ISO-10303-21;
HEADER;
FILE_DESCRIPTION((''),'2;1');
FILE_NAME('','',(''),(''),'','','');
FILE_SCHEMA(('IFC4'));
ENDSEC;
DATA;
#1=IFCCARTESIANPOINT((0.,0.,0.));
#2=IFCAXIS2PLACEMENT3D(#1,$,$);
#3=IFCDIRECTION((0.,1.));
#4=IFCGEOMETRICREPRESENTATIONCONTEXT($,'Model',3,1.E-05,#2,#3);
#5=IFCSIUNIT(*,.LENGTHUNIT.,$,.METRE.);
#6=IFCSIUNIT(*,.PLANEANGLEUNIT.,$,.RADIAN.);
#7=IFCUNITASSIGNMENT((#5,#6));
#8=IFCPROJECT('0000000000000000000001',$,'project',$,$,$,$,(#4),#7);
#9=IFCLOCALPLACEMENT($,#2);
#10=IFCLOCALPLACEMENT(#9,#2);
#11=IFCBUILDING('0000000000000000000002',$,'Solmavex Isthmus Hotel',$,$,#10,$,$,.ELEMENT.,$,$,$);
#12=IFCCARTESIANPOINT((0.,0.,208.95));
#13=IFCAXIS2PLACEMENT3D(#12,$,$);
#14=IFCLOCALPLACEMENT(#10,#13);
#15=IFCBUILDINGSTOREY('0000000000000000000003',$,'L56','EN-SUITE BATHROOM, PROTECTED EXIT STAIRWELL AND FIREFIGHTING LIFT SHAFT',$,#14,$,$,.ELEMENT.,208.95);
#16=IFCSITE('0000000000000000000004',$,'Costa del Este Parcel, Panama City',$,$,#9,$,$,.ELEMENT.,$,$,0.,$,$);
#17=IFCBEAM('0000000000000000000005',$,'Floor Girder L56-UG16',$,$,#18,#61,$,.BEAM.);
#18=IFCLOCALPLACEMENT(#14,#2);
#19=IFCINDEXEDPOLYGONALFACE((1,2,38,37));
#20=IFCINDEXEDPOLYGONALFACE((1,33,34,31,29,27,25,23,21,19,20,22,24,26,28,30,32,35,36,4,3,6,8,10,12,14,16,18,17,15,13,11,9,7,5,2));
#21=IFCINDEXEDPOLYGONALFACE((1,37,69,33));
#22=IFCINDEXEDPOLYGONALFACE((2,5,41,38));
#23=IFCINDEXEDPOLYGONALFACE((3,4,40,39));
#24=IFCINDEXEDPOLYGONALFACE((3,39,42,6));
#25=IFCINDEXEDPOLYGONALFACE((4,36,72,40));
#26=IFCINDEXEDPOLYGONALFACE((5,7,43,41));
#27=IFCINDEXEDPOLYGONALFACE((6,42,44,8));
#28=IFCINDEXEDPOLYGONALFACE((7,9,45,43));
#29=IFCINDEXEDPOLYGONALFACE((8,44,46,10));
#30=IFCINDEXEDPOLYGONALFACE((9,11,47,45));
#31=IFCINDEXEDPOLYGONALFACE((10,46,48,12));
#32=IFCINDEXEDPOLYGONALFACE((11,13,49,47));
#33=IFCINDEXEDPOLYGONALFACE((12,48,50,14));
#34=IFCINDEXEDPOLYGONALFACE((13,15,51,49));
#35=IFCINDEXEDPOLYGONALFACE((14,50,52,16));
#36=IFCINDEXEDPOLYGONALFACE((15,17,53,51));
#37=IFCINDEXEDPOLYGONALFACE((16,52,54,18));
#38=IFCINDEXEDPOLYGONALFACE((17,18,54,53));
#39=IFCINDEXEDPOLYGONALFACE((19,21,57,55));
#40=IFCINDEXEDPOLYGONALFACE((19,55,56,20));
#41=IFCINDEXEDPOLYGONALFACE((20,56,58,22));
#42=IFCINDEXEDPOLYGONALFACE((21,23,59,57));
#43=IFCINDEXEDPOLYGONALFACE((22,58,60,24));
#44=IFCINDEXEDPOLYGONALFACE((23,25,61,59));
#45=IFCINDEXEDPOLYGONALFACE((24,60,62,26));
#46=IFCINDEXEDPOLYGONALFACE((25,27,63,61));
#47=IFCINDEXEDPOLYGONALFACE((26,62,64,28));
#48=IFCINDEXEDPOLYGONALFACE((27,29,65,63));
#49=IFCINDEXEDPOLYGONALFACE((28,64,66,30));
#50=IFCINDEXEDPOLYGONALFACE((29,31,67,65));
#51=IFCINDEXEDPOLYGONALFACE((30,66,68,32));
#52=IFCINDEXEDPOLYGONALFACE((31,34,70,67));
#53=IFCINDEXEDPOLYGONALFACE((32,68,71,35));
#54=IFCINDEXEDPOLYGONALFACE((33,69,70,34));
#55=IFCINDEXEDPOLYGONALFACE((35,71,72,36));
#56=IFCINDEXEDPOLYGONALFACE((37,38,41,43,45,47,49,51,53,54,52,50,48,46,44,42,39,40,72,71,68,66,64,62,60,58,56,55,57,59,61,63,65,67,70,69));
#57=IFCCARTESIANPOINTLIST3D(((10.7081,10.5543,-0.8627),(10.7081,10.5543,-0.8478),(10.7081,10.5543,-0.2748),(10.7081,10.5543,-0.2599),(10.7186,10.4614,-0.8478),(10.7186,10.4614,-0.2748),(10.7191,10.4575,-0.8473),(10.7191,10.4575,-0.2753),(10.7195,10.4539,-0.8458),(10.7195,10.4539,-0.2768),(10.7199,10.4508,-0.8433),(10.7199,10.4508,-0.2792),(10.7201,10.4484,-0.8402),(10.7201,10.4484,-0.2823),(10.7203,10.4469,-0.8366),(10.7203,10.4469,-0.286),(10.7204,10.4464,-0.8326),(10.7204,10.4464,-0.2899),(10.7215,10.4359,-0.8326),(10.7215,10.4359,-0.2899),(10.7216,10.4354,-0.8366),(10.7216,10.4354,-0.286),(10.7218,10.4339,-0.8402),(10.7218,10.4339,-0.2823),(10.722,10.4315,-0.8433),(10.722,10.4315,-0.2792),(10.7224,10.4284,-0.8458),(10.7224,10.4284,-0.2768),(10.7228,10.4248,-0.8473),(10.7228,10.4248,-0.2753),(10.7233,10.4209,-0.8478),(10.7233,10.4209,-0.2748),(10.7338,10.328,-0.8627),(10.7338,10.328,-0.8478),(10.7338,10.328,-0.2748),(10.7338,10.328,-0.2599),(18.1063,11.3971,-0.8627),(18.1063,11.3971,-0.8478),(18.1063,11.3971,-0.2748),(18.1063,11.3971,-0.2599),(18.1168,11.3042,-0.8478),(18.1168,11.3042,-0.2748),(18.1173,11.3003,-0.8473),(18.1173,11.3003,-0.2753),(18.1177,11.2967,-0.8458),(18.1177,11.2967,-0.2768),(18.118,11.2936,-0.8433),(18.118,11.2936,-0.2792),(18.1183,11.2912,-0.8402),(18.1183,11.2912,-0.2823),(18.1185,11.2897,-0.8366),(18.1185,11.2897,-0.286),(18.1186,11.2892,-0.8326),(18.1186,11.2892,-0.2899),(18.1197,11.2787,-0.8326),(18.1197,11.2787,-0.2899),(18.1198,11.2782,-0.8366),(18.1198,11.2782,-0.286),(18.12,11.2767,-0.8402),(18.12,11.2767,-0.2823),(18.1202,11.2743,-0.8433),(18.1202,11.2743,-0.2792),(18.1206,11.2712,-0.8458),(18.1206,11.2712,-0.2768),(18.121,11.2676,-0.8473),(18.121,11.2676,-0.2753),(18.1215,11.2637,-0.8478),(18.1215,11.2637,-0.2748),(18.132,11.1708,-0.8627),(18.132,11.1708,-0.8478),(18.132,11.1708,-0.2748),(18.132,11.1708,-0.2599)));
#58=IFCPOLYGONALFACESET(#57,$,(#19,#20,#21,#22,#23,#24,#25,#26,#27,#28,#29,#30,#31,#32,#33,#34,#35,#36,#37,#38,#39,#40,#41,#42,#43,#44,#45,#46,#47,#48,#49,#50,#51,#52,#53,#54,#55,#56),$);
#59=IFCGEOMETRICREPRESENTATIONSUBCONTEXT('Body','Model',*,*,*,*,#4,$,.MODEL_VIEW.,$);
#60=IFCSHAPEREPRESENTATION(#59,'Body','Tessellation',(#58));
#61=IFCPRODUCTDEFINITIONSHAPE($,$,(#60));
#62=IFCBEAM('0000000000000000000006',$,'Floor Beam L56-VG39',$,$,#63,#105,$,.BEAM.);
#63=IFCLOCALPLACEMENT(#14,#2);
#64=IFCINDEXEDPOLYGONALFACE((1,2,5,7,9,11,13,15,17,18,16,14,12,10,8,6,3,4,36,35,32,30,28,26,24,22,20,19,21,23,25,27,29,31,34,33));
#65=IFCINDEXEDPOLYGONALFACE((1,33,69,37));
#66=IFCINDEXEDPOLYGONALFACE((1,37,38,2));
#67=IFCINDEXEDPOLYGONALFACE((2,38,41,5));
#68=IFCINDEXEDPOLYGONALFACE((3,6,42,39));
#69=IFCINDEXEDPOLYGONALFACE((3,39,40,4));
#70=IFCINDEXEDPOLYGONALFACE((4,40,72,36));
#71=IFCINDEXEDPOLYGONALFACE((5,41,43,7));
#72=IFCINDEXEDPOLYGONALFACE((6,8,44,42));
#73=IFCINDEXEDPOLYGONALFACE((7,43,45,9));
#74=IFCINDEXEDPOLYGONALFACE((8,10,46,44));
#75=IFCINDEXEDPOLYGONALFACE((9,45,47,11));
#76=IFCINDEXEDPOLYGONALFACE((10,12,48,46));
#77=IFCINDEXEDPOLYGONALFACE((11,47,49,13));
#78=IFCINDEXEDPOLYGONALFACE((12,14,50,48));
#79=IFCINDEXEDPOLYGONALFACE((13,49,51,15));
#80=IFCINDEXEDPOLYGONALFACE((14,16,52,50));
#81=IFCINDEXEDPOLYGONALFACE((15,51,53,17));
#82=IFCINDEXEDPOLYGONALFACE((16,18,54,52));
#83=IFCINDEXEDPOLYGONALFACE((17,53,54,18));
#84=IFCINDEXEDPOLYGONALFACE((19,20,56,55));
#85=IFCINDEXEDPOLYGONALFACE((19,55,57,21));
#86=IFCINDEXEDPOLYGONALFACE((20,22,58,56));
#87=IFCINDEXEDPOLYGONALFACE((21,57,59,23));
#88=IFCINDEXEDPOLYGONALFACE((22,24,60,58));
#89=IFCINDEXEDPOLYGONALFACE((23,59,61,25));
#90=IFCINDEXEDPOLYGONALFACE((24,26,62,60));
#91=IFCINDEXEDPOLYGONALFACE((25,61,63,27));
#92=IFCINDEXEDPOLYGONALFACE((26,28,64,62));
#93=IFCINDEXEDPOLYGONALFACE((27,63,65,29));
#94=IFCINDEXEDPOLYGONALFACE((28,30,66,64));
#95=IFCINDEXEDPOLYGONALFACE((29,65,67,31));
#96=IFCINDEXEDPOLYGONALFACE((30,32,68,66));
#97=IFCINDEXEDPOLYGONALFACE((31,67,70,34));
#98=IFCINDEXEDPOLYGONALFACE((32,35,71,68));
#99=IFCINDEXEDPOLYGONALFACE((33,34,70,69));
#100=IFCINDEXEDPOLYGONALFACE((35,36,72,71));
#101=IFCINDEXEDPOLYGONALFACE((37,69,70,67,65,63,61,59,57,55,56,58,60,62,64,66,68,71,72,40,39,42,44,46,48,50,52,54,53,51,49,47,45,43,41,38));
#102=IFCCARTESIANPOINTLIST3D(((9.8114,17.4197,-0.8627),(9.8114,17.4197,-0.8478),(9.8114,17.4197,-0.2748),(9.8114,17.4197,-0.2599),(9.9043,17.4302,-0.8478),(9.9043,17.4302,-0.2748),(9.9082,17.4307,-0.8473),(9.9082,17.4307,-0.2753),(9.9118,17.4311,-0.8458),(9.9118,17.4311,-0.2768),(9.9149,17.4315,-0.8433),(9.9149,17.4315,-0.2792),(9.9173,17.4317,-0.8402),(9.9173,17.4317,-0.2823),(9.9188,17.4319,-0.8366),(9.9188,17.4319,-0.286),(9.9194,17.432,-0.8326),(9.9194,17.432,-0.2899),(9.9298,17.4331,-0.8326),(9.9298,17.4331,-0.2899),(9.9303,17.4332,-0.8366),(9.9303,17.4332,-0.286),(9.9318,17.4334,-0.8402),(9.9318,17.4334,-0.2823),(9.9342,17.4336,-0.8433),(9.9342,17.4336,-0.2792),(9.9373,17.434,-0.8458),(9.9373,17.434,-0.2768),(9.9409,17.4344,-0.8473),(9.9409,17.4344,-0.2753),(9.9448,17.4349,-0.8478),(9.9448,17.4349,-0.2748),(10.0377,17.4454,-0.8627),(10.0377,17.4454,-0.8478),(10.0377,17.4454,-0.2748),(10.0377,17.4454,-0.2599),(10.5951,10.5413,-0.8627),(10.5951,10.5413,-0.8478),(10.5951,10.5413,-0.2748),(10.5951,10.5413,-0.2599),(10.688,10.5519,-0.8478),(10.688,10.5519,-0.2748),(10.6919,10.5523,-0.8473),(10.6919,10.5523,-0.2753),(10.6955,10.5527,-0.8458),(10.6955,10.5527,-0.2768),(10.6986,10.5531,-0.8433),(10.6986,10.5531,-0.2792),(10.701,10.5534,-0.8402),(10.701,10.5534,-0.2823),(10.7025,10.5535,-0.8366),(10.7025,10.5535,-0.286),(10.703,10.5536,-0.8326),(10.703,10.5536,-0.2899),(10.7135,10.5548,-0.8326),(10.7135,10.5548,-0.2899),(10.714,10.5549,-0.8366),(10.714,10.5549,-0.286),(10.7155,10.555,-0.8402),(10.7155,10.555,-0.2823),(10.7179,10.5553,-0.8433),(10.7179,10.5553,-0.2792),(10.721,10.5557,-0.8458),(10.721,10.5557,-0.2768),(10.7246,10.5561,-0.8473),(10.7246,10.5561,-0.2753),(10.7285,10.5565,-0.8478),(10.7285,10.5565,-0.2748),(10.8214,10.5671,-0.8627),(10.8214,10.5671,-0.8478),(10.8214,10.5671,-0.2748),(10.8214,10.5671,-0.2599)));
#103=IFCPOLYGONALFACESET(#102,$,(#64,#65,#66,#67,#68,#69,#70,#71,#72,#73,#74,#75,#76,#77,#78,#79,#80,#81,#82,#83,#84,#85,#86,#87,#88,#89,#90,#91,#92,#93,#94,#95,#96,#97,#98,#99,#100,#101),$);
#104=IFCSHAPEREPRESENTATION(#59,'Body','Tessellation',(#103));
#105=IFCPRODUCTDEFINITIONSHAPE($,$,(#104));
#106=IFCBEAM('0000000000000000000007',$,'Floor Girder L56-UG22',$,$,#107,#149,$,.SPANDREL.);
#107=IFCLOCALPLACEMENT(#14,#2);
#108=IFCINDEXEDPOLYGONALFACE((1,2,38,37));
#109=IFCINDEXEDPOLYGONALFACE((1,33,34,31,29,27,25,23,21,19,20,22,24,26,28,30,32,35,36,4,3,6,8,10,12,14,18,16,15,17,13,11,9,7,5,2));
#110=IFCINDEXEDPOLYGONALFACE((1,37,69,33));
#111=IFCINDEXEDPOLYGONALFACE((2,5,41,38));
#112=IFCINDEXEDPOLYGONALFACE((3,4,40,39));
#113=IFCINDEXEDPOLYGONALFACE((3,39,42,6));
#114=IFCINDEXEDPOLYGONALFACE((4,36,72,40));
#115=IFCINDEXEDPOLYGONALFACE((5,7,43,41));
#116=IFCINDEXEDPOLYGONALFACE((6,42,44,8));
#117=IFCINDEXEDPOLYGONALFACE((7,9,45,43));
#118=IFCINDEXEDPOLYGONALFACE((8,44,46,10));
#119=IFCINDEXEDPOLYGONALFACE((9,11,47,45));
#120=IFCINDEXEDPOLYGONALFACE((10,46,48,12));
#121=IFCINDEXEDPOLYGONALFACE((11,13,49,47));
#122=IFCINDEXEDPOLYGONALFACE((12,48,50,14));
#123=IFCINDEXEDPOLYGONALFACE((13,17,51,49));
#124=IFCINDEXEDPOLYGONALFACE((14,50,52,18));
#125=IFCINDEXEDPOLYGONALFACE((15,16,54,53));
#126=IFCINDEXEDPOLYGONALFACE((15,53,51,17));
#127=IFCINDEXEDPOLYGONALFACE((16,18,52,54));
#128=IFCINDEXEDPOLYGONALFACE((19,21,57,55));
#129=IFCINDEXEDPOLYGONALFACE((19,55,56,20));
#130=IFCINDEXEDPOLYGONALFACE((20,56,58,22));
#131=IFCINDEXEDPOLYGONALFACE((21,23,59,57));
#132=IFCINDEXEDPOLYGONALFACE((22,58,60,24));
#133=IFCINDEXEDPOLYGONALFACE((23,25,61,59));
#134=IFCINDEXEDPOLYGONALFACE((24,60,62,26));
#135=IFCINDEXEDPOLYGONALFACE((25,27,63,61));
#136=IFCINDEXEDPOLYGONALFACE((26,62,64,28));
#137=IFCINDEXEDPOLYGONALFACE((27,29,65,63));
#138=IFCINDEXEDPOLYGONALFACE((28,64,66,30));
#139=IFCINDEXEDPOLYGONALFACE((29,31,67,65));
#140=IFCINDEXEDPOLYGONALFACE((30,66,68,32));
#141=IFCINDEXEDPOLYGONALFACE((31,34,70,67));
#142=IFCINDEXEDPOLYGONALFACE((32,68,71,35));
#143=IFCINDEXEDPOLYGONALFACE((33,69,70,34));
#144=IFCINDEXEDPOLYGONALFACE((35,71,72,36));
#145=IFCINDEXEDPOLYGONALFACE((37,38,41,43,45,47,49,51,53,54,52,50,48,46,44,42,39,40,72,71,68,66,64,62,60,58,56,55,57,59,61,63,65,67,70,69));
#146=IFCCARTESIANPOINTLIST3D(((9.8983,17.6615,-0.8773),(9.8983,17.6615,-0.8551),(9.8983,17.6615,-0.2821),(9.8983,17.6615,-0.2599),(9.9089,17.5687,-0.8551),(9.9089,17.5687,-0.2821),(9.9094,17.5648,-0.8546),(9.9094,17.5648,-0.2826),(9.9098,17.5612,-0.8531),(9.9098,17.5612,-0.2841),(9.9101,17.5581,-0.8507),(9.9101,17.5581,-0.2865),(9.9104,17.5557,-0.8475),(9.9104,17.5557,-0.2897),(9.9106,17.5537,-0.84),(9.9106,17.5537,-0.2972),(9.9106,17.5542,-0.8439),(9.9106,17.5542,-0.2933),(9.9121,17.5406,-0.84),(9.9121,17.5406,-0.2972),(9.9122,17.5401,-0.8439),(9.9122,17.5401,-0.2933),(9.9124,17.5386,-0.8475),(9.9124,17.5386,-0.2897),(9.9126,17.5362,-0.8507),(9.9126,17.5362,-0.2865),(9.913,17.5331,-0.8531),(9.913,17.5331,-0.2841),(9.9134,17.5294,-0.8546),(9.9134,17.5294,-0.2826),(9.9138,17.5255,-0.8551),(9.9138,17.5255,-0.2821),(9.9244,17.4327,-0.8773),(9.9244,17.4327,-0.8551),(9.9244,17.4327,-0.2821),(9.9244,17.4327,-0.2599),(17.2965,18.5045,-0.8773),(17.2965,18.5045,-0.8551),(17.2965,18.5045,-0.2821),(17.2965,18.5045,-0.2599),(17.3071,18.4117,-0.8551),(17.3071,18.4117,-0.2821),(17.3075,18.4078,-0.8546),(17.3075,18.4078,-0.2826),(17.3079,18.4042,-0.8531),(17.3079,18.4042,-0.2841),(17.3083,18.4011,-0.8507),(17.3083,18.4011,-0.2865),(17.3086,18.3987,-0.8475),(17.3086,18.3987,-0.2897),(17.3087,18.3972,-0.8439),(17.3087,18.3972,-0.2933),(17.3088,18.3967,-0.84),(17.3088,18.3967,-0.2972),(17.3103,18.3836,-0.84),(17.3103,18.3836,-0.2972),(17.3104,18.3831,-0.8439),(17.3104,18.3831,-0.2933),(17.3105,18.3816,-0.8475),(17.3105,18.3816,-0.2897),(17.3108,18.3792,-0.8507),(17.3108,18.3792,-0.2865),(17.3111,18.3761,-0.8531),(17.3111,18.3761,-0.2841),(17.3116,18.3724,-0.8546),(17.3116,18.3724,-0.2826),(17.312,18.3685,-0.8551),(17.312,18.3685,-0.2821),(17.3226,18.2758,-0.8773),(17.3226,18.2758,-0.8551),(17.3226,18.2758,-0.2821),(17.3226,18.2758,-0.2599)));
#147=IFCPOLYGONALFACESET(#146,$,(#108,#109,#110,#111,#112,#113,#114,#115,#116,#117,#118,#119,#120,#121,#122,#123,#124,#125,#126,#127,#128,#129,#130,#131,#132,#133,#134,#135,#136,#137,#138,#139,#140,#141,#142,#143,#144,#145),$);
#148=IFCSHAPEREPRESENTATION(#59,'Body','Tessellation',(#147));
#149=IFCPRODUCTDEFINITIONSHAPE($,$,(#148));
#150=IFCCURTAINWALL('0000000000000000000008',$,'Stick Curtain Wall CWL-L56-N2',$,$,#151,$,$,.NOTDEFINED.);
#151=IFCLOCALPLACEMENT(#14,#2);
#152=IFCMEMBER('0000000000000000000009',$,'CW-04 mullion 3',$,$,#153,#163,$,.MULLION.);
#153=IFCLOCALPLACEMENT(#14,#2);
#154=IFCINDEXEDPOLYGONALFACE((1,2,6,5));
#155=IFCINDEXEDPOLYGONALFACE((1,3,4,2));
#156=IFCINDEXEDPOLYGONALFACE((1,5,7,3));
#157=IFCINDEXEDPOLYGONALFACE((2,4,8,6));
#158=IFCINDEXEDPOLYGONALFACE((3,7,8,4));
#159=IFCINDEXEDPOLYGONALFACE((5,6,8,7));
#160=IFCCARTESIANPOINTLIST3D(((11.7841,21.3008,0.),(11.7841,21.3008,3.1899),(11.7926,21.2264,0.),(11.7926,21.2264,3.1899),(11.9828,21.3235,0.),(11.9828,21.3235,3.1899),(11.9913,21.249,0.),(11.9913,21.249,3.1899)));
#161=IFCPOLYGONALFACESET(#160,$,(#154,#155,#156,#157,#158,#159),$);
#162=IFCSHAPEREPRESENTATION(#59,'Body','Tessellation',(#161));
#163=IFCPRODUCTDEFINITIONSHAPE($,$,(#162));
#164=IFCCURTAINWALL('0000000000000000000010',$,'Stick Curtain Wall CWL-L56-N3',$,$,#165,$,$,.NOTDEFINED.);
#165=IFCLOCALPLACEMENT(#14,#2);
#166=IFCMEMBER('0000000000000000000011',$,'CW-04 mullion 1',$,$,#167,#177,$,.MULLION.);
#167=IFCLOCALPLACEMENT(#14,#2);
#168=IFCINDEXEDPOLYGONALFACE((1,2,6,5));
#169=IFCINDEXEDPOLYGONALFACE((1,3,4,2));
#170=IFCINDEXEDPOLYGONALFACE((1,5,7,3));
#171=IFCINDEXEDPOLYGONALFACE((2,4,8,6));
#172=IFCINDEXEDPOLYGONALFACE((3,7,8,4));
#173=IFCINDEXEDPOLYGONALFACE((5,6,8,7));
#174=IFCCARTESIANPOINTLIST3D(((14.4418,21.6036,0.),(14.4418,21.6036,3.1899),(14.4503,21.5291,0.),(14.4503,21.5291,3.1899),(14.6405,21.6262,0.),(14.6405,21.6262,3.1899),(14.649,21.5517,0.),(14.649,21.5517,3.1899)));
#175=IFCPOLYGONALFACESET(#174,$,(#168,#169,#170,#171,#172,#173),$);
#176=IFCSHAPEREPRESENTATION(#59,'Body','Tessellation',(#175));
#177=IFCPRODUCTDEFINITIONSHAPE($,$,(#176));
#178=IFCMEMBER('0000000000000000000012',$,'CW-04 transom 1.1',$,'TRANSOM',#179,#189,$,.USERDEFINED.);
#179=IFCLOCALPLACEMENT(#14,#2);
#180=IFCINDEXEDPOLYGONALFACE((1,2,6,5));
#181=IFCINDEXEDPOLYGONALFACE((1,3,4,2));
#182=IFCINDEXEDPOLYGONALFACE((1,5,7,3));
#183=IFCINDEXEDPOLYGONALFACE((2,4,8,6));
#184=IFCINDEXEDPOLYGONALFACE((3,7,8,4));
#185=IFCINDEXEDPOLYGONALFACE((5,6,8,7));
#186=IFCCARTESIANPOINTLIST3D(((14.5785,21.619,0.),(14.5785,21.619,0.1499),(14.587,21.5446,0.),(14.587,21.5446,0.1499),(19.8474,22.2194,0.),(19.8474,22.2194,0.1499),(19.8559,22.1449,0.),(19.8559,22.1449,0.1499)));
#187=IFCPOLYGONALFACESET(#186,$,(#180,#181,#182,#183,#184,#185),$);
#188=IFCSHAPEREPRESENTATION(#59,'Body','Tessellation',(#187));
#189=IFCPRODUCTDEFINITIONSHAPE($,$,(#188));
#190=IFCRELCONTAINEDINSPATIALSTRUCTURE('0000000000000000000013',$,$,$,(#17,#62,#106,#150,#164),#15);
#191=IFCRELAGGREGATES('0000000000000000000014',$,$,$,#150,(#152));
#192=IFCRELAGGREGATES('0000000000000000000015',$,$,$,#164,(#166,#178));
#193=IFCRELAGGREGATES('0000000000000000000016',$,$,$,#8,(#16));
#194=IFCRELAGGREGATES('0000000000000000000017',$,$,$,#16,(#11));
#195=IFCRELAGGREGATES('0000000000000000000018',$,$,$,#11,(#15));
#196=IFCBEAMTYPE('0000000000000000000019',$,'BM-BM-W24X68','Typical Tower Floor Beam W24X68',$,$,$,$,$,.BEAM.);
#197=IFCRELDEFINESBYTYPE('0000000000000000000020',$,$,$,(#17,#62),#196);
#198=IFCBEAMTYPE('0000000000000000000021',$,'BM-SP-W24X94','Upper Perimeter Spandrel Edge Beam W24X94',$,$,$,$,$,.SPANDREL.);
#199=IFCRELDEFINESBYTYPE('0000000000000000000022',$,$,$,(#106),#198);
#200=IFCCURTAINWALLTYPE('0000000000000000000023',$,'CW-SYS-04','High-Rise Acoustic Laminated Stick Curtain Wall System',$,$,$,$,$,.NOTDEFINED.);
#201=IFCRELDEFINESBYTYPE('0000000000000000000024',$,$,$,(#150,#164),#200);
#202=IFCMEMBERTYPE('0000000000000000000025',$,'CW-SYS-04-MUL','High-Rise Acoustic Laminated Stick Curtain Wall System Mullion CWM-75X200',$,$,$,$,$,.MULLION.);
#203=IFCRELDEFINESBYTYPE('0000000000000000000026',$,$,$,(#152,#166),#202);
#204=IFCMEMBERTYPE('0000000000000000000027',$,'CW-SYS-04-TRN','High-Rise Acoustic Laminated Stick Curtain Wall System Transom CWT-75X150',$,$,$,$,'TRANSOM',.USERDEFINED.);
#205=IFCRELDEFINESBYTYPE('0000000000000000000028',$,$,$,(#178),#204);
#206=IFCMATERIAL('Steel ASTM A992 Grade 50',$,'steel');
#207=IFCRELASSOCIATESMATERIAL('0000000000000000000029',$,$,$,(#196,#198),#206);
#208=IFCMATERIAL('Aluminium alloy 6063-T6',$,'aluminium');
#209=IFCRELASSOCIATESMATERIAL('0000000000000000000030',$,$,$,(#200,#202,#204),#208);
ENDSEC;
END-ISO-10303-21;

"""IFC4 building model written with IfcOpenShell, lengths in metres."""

from ifc_helpers import new_model, si_unit, direction, frame, origin, origin_2d, place, context, subcontext, project, spatial, rectangle, i_section, extrude, material, material_profile, profile_set, type_object, element, aggregate, save


model = new_model("IFC4")

# Units and contexts
model_context = context("Model", 3, precision=1e-05, world=origin(), true_north=direction((0.0, 1.0)))
body_context = subcontext(model_context, "Body", "Model", "MODEL_VIEW")
ifc_project = project(units=[si_unit("LENGTHUNIT", "METRE"), si_unit("PLANEANGLEUNIT", "RADIAN")], contexts=[model_context])

# Site, building, storey
site_placement = place(None, origin())
site = spatial("IfcSite", under=ifc_project, at=site_placement, Name="Costa del Este Parcel, Panama City", CompositionType="ELEMENT", RefElevation=0.0)
building_placement = place(site_placement, origin())
building = spatial("IfcBuilding", under=site, at=building_placement, Name="Solmavex Isthmus Hotel", CompositionType="ELEMENT")
storey_placement = place(building_placement, frame((0.0, 0.0, 208.95)))
storey = spatial("IfcBuildingStorey", under=building, at=storey_placement, Name="L56", Description="EN-SUITE BATHROOM, PROTECTED EXIT STAIRWELL AND FIREFIGHTING LIFT SHAFT", CompositionType="ELEMENT", Elevation=208.95)

# Beams
ifc_material_1 = material(Name="Steel ASTM A992 Grade 50", Category="steel")
ifc_material_profile_1 = material_profile(ifc_material_1, i_section(OverallWidth=0.2278, OverallDepth=0.6028, WebThickness=0.0105, FlangeThickness=0.0149, FilletRadius=0.0151, at=origin_2d()), Name="W24X68")
ifc_profile_set_1 = profile_set([ifc_material_profile_1], Name="Steel ASTM A992 Grade 50")
beam_type_1 = type_object("IfcBeamType", Name="BM-BM-W24X68", Description="Typical Tower Floor Beam W24X68", PredefinedType="BEAM", material=ifc_profile_set_1)
beam_1_placement = place(storey_placement, frame((10.7209, 10.4412, -0.5613), z_axis=(0.993574, 0.113184, 0.0), x_axis=(-0.113184, 0.993574, 0.0)))
element("IfcBeam", 1, at=beam_1_placement, inside=storey, type_object=beam_type_1, Name="Floor Girder L56-UG16", PredefinedType="BEAM", context=body_context, shape_type="SweptSolid", body=[
    extrude(i_section(OverallWidth=0.2278, OverallDepth=0.6028, WebThickness=0.0105, FlangeThickness=0.0149, FilletRadius=0.0151, at=origin_2d()), origin(), (0.0, 0.0, 1.0), 7.446),
])
beam_2_placement = place(storey_placement, frame((10.7083, 10.5542, -0.5613), z_axis=(-0.113202, 0.993572, 0.0), x_axis=(-0.993572, -0.113202, 0.0)))
element("IfcBeam", 2, at=beam_2_placement, inside=storey, type_object=beam_type_1, Name="Floor Beam L56-VG39", PredefinedType="BEAM", context=body_context, shape_type="SweptSolid", body=[
    extrude(i_section(OverallWidth=0.2278, OverallDepth=0.6028, WebThickness=0.0105, FlangeThickness=0.0149, FilletRadius=0.0151, at=origin_2d()), origin(), (0.0, 0.0, 1.0), 6.9229),
])
ifc_material_profile_2 = material_profile(ifc_material_1, i_section(OverallWidth=0.2302, OverallDepth=0.6174, WebThickness=0.0132, FlangeThickness=0.0222, FilletRadius=0.0151, at=origin_2d()), Name="W24X94")
ifc_profile_set_2 = profile_set([ifc_material_profile_2], Name="Steel ASTM A992 Grade 50")
beam_type_2 = type_object("IfcBeamType", Name="BM-SP-W24X94", Description="Upper Perimeter Spandrel Edge Beam W24X94", PredefinedType="SPANDREL", material=ifc_profile_set_2)
beam_3_placement = place(storey_placement, frame((9.9114, 17.5471, -0.5686), z_axis=(0.99357, 0.113216, 0.0), x_axis=(-0.113216, 0.99357, 0.0)))
element("IfcBeam", 3, at=beam_3_placement, inside=storey, type_object=beam_type_2, Name="Floor Girder L56-UG22", PredefinedType="SPANDREL", context=body_context, shape_type="SweptSolid", body=[
    extrude(i_section(OverallWidth=0.2302, OverallDepth=0.6174, WebThickness=0.0132, FlangeThickness=0.0222, FilletRadius=0.0151, at=origin_2d()), origin(), (0.0, 0.0, 1.0), 7.446),
])

# Curtain wall, member
ifc_material_2 = material(Name="Aluminium alloy 6063-T6", Category="aluminium")
curtain_wall_type = type_object("IfcCurtainWallType", Name="CW-SYS-04", Description="High-Rise Acoustic Laminated Stick Curtain Wall System", PredefinedType="NOTDEFINED", material=ifc_material_2)
curtain_wall_1_placement = place(storey_placement, origin())
curtain_wall_1 = element("IfcCurtainWall", 4, at=curtain_wall_1_placement, inside=storey, type_object=curtain_wall_type, Name="Stick Curtain Wall CWL-L56-N2", PredefinedType="NOTDEFINED")
ifc_material_profile_3 = material_profile(ifc_material_2, rectangle(XDim=0.075, YDim=0.2, at=origin_2d()), Name="CWM-75X200")
ifc_profile_set_3 = profile_set([ifc_material_profile_3], Name="Aluminium alloy 6063-T6")
member_type_1 = type_object("IfcMemberType", Name="CW-SYS-04-MUL", Description="High-Rise Acoustic Laminated Stick Curtain Wall System Mullion CWM-75X200", PredefinedType="MULLION", material=ifc_profile_set_3)
member_1_placement = place(storey_placement, frame((11.8877, 21.2749, 0.0), z_axis=(0.0, 0.0, 1.0), x_axis=(-0.113203, 0.993572, 0.0)))
member_1 = element("IfcMember", 5, at=member_1_placement, type_object=member_type_1, Name="CW-04 mullion 3", PredefinedType="MULLION", context=body_context, shape_type="SweptSolid", body=[
    extrude(rectangle(XDim=0.075, YDim=0.2, at=origin_2d()), origin(), (0.0, 0.0, 1.0), 3.1899),
])

# Curtain wall, members
curtain_wall_2_placement = place(storey_placement, origin())
curtain_wall_2 = element("IfcCurtainWall", 6, at=curtain_wall_2_placement, inside=storey, type_object=curtain_wall_type, Name="Stick Curtain Wall CWL-L56-N3", PredefinedType="NOTDEFINED")
member_2_placement = place(storey_placement, frame((14.5454, 21.5776, 0.0), z_axis=(0.0, 0.0, 1.0), x_axis=(-0.113204, 0.993572, 0.0)))
member_2 = element("IfcMember", 7, at=member_2_placement, type_object=member_type_1, Name="CW-04 mullion 1", PredefinedType="MULLION", context=body_context, shape_type="SweptSolid", body=[
    extrude(rectangle(XDim=0.075, YDim=0.2, at=origin_2d()), origin(), (0.0, 0.0, 1.0), 3.1899),
])
ifc_material_profile_4 = material_profile(ifc_material_2, rectangle(XDim=0.075, YDim=0.1499, at=origin_2d()), Name="CWT-75X150")
ifc_profile_set_4 = profile_set([ifc_material_profile_4], Name="Aluminium alloy 6063-T6")
member_type_2 = type_object("IfcMemberType", Name="CW-SYS-04-TRN", Description="High-Rise Acoustic Laminated Stick Curtain Wall System Transom CWT-75X150", ElementType="TRANSOM", PredefinedType="USERDEFINED", material=ifc_profile_set_4)
member_3_placement = place(storey_placement, frame((14.5828, 21.5818, 0.075), z_axis=(0.993571, 0.11321, 0.0), x_axis=(-0.11321, 0.993571, 0.0)))
member_3 = element("IfcMember", 8, at=member_3_placement, type_object=member_type_2, Name="CW-04 transom 1.1", ObjectType="TRANSOM", PredefinedType="USERDEFINED", context=body_context, shape_type="SweptSolid", body=[
    extrude(rectangle(XDim=0.075, YDim=0.1499, at=origin_2d()), origin(), (0.0, 0.0, 1.0), 5.303),
])

aggregate(curtain_wall_1, [member_1])
aggregate(curtain_wall_2, [member_2, member_3])

save(model, "model.ifc")
